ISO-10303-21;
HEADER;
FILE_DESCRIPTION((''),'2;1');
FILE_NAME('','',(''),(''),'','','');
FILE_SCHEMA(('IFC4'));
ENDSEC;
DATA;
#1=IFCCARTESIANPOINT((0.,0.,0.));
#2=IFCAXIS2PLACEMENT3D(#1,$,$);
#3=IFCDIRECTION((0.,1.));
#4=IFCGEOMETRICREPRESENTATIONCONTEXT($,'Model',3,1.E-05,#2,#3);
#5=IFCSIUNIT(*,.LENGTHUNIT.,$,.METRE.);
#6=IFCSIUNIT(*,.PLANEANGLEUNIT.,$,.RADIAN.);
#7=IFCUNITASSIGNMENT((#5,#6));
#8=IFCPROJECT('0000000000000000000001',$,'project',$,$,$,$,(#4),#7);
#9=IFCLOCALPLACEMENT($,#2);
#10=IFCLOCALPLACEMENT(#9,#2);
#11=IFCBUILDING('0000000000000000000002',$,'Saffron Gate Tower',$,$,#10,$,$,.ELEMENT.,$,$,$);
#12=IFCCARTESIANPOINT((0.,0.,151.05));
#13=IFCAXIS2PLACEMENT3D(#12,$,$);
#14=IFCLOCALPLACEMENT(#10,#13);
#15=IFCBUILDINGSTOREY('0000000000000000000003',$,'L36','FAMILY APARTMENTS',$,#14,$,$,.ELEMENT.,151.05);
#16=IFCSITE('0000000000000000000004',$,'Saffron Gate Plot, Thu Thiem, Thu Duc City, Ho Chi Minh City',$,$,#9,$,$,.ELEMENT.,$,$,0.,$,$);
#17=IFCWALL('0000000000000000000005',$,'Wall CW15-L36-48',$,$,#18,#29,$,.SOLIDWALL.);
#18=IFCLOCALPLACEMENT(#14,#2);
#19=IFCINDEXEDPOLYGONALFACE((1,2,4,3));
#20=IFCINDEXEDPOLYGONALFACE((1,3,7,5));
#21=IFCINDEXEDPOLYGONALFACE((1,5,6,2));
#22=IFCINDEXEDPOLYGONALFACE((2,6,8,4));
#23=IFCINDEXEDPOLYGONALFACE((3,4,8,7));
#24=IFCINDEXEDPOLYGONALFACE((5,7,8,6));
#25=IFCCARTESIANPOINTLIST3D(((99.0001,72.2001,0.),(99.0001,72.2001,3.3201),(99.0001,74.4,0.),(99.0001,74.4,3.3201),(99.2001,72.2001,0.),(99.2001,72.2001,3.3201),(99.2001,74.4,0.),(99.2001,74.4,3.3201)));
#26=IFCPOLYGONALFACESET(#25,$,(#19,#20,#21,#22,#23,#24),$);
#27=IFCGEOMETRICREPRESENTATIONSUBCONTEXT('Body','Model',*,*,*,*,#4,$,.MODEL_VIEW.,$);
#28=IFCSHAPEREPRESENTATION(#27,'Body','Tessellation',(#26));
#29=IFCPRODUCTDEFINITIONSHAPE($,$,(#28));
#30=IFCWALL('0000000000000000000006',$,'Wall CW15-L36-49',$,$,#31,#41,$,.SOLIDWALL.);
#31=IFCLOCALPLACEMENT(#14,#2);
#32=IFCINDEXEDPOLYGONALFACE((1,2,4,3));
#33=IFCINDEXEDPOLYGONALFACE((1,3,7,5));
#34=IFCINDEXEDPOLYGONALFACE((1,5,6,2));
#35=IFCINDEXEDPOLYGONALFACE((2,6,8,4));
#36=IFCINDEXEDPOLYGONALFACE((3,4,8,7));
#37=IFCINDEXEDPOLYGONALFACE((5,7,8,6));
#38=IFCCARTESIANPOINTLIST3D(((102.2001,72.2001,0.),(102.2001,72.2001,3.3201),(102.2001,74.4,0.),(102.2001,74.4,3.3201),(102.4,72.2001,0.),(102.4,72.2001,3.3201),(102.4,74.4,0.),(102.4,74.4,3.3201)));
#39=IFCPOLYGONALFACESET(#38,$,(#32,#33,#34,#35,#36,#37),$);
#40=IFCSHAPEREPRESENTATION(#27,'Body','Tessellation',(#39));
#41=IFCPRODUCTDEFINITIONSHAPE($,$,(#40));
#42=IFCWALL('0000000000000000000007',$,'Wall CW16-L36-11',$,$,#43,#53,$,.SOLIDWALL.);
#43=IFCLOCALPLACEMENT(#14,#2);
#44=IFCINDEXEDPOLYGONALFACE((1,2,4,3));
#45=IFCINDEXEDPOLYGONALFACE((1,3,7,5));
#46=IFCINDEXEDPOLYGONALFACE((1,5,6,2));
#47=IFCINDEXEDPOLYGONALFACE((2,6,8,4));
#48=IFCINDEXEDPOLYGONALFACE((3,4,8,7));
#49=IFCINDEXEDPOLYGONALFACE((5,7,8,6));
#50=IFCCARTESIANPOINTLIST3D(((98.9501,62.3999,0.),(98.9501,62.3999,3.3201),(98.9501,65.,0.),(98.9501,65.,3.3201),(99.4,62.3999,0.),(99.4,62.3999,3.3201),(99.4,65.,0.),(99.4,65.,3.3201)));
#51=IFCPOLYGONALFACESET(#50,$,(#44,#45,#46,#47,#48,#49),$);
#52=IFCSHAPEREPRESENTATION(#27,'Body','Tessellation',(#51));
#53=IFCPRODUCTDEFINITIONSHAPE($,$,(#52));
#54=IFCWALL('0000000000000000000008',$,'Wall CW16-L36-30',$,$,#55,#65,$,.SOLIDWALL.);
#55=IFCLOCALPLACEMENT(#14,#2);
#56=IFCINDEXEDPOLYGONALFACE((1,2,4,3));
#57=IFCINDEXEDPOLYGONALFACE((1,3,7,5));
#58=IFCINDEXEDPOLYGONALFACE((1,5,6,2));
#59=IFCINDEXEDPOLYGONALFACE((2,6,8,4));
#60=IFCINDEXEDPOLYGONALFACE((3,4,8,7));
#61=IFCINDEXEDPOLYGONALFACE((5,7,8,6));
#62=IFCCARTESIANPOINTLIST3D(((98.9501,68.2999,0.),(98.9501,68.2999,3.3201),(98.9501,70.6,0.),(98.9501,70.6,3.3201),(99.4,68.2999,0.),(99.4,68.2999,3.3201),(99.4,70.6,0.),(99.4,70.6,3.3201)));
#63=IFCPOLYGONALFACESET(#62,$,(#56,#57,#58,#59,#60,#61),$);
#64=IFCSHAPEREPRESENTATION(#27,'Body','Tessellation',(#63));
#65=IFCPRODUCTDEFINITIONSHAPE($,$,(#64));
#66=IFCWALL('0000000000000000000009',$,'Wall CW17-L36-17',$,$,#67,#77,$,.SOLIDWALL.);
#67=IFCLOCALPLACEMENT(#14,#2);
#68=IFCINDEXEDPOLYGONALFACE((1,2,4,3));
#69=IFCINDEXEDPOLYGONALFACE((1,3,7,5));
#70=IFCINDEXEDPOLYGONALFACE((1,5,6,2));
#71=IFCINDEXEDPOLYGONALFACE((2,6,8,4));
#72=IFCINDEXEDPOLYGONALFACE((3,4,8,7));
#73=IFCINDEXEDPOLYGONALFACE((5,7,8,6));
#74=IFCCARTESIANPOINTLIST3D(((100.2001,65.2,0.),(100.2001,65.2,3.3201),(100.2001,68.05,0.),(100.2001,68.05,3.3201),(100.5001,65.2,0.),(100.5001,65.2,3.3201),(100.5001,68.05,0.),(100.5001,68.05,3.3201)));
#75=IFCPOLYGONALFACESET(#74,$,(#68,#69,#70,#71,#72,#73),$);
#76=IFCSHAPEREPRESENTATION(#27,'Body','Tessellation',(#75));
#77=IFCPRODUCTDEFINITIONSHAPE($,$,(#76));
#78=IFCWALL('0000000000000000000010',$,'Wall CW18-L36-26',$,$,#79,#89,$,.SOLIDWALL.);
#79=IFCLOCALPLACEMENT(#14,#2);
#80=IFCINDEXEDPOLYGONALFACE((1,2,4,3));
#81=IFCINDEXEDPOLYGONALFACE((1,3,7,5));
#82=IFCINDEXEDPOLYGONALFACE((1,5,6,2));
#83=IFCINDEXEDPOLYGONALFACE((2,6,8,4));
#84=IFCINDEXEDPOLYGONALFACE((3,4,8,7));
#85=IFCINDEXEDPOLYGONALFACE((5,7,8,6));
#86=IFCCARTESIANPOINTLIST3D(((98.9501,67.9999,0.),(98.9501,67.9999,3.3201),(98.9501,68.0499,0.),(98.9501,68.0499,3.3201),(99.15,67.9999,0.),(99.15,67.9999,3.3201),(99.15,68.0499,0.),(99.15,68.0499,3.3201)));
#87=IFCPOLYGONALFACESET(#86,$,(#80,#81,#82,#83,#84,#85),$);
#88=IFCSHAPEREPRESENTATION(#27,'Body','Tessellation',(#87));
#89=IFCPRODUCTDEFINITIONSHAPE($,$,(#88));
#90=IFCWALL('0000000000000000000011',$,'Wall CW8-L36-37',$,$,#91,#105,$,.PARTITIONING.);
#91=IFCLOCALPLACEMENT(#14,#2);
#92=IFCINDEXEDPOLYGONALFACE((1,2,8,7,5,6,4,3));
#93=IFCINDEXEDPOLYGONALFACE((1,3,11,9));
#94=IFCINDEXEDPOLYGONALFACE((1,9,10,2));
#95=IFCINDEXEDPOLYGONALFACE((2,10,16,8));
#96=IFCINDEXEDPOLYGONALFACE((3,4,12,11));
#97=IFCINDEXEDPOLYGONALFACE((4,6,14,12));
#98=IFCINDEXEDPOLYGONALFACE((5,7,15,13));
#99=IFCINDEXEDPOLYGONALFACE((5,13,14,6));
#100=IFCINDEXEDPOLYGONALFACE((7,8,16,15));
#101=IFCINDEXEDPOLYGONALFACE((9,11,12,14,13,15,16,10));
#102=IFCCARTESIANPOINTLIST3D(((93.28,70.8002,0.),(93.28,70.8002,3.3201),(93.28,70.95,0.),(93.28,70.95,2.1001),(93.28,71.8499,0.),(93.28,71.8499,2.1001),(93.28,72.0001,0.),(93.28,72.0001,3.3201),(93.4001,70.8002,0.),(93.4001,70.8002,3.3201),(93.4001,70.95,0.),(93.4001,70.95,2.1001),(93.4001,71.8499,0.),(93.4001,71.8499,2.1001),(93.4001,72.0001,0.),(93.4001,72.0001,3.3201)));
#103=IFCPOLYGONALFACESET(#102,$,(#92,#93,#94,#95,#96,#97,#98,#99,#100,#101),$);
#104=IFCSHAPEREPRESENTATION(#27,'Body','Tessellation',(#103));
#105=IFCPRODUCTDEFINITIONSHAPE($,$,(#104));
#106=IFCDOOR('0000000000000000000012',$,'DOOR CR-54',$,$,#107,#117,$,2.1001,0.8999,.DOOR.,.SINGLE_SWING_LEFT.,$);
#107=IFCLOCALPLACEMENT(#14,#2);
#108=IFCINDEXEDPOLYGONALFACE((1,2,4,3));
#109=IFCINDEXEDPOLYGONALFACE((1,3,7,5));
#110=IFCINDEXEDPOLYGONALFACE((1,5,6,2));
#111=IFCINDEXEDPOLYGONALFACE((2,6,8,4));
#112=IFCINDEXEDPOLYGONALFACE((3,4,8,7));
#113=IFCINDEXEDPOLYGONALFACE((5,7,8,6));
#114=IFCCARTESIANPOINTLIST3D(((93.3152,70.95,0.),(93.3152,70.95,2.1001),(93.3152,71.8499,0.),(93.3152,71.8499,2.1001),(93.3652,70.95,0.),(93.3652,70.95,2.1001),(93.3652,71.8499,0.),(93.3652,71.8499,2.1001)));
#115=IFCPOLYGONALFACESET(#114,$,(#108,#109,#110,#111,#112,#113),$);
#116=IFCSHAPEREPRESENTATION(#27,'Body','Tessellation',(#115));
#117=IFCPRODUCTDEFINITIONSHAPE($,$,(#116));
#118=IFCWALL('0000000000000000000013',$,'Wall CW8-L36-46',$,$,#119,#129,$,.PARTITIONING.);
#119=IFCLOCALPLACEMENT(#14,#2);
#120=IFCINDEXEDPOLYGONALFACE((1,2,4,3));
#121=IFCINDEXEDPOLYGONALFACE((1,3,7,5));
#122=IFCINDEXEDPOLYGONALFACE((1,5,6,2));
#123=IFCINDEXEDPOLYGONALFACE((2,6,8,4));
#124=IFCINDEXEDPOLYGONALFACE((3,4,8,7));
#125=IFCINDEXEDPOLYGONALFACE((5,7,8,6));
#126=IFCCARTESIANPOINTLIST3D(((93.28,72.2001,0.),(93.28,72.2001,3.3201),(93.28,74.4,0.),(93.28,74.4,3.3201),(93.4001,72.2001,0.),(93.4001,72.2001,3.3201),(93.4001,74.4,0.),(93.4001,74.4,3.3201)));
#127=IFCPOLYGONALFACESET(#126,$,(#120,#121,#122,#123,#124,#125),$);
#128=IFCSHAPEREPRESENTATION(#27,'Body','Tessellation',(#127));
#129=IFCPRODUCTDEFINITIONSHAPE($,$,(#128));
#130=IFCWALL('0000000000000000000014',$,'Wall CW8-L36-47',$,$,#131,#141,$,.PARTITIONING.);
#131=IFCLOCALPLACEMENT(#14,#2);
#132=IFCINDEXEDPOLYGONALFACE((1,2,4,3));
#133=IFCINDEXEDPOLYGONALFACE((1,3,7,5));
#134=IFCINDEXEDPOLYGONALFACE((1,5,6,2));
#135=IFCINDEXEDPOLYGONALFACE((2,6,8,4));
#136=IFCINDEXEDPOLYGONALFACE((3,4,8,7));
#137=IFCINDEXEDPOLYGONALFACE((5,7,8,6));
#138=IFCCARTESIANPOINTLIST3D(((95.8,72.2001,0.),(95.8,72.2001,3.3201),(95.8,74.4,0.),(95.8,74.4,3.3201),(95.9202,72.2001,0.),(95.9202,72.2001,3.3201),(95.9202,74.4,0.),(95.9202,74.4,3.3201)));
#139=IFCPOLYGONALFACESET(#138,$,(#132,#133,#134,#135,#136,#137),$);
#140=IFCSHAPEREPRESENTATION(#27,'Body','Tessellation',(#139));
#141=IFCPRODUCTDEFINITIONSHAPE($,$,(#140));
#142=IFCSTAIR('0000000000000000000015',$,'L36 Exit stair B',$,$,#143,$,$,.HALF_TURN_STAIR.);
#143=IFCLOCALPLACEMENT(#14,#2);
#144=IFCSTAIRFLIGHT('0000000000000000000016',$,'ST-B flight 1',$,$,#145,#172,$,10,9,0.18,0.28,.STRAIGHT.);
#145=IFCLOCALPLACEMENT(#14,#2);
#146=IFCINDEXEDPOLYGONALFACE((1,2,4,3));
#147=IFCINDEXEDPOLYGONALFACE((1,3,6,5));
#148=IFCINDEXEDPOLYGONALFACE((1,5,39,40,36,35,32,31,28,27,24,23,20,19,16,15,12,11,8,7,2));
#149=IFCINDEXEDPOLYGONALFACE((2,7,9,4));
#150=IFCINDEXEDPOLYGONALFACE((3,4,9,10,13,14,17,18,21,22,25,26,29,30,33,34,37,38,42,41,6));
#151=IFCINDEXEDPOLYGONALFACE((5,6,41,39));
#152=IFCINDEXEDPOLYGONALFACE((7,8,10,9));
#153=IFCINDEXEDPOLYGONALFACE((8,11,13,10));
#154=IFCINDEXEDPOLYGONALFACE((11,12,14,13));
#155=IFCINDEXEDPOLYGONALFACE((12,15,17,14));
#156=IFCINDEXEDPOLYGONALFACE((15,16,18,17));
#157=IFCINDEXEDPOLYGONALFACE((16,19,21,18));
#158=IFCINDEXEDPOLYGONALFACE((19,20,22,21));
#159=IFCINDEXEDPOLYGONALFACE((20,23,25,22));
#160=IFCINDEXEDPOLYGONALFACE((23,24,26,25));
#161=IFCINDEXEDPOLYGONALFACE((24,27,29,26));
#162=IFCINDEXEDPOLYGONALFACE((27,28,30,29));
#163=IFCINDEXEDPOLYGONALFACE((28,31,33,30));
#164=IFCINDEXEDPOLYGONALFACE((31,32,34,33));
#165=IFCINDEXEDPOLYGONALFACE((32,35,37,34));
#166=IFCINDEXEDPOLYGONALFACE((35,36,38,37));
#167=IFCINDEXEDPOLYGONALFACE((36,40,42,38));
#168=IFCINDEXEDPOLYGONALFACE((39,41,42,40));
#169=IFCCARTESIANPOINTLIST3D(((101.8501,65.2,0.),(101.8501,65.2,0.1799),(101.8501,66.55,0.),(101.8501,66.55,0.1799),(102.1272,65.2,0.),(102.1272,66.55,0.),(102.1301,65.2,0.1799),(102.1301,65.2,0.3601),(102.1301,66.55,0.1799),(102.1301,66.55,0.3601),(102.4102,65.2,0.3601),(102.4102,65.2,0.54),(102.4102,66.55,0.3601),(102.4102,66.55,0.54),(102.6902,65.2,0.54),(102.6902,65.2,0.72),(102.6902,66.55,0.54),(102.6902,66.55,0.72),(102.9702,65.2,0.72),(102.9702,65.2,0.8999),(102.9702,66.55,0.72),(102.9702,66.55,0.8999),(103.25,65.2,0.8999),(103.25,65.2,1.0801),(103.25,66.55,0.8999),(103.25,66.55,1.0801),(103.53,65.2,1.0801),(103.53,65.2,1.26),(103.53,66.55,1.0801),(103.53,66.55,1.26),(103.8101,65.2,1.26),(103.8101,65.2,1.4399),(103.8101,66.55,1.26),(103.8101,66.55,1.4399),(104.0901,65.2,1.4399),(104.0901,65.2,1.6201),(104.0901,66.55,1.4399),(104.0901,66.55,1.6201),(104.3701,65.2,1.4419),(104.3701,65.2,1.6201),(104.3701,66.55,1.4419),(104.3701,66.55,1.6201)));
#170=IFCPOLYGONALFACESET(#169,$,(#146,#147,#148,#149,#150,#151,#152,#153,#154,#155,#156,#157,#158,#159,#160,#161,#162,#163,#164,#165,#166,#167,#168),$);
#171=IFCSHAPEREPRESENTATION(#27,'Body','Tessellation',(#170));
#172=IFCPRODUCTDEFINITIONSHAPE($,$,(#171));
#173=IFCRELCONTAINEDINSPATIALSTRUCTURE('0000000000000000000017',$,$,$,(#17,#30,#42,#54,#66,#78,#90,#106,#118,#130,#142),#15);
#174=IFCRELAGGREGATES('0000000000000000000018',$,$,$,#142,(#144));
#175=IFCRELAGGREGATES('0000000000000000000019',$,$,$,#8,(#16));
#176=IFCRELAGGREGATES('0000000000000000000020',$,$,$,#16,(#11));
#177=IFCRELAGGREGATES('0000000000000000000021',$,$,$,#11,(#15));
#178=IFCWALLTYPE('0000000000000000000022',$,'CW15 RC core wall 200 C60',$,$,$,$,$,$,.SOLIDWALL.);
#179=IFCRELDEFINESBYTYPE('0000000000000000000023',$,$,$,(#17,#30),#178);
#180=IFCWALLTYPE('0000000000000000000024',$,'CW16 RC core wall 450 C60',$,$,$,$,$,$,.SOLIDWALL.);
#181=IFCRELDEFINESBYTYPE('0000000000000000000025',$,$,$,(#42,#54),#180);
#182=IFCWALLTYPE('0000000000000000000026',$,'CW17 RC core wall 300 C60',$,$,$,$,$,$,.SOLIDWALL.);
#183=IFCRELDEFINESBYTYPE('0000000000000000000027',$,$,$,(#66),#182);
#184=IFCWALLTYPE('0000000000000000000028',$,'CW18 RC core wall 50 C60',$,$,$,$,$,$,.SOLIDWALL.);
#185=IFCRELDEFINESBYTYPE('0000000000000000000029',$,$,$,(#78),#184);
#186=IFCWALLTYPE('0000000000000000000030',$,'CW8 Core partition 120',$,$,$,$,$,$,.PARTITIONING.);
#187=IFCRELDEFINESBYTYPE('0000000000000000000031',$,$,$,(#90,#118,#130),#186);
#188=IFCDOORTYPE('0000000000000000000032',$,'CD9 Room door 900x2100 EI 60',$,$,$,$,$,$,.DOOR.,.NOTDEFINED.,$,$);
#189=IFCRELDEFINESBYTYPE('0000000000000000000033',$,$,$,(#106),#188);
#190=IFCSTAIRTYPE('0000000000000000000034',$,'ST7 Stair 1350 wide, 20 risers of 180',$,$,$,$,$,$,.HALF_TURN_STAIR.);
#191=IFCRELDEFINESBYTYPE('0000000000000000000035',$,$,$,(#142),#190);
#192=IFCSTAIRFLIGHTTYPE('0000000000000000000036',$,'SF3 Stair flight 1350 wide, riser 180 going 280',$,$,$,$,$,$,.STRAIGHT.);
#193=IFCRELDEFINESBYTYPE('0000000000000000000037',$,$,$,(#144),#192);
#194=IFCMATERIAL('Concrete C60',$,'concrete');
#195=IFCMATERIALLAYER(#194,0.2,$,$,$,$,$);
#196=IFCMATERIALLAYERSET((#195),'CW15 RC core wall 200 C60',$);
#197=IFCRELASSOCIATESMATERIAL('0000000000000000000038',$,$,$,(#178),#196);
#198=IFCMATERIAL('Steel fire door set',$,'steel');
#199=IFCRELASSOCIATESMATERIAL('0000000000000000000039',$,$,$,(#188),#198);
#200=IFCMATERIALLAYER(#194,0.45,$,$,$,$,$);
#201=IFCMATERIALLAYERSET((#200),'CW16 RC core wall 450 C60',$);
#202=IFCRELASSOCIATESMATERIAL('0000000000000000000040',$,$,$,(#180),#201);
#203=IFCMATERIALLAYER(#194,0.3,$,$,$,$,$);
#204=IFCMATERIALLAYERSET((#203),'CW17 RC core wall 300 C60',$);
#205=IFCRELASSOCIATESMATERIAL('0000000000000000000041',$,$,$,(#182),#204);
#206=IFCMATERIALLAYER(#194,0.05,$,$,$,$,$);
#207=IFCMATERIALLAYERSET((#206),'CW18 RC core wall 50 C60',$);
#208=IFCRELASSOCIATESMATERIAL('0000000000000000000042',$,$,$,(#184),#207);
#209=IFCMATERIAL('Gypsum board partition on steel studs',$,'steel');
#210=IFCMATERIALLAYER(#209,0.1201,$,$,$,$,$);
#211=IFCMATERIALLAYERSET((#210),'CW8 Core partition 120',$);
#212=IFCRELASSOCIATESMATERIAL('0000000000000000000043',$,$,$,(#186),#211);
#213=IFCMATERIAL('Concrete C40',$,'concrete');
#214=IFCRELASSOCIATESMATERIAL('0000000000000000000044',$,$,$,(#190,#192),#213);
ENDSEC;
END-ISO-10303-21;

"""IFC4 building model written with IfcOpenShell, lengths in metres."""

from ifc_helpers import new_model, si_unit, direction, frame, frame_2d, origin, place, context, subcontext, project, spatial, polyline, rectangle, outline, extrude, material, layer, layer_set, type_object, element, fill, aggregate, save


model = new_model("IFC4")

# Units and contexts
model_context = context("Model", 3, precision=1e-05, world=origin(), true_north=direction((0.0, 1.0)))
body_context = subcontext(model_context, "Body", "Model", "MODEL_VIEW")
ifc_project = project(units=[si_unit("LENGTHUNIT", "METRE"), si_unit("PLANEANGLEUNIT", "RADIAN")], contexts=[model_context])

# Site, building, storey
site_placement = place(None, origin())
site = spatial("IfcSite", under=ifc_project, at=site_placement, Name="Saffron Gate Plot, Thu Thiem, Thu Duc City, Ho Chi Minh City", CompositionType="ELEMENT", RefElevation=0.0)
building_placement = place(site_placement, origin())
building = spatial("IfcBuilding", under=site, at=building_placement, Name="Saffron Gate Tower", CompositionType="ELEMENT")
storey_placement = place(building_placement, frame((0.0, 0.0, 151.05)))
storey = spatial("IfcBuildingStorey", under=building, at=storey_placement, Name="L36", Description="FAMILY APARTMENTS", CompositionType="ELEMENT", Elevation=151.05)

# Shared definitions
ifc_material_1 = material(Name="Concrete C60", Category="concrete")
ifc_material_2 = material(Name="Steel fire door set", Category="steel")

# Shared definitions
ifc_layer_1 = layer(ifc_material_1, 0.2)
ifc_layer_set_1 = layer_set([ifc_layer_1], Name="CW15 RC core wall 200 C60")
wall_type_1 = type_object("IfcWallType", Name="CW15 RC core wall 200 C60", PredefinedType="SOLIDWALL", material=ifc_layer_set_1)

# Shared definitions
door_type_1 = type_object("IfcDoorType", Name="CD9 Room door 900x2100 EI 60", OperationType="NOTDEFINED", PredefinedType="DOOR", material=ifc_material_2)

# Walls
for number, where, z_axis, x_axis, name in (
    (1, (99.1001, 72.2, 0.0), (0.0, 0.0, 1.0), (0.0, 1.0, 0.0), "Wall CW15-L36-48"),
    (2, (102.3, 72.2, 0.0), (0.0, 0.0, 1.0), (0.0, 1.0, 0.0), "Wall CW15-L36-49"),
):
    element("IfcWall", number, at=place(storey_placement, frame(where, z_axis=z_axis, x_axis=x_axis)), inside=storey, type_object=wall_type_1, Name=name, PredefinedType="SOLIDWALL", context=body_context, shape_type="SweptSolid", body=[
        extrude(rectangle(XDim=2.2, YDim=0.2, at=frame_2d((1.1001, 0.0))), origin(), (0.0, 0.0, 1.0), 3.3201),
    ])
ifc_layer_2 = layer(ifc_material_1, 0.45)
ifc_layer_set_2 = layer_set([ifc_layer_2], Name="CW16 RC core wall 450 C60")
wall_type_2 = type_object("IfcWallType", Name="CW16 RC core wall 450 C60", PredefinedType="SOLIDWALL", material=ifc_layer_set_2)
wall_1_placement = place(storey_placement, frame((99.175, 62.3999, 0.0), z_axis=(0.0, 0.0, 1.0), x_axis=(0.0, 1.0, 0.0)))
element("IfcWall", 3, at=wall_1_placement, inside=storey, type_object=wall_type_2, Name="Wall CW16-L36-11", PredefinedType="SOLIDWALL", context=body_context, shape_type="SweptSolid", body=[
    extrude(rectangle(XDim=2.6001, YDim=0.45, at=frame_2d((1.3, 0.0))), origin(), (0.0, 0.0, 1.0), 3.3201),
])
wall_2_placement = place(storey_placement, frame((99.175, 68.3, 0.0), z_axis=(0.0, 0.0, 1.0), x_axis=(0.0, 1.0, 0.0)))
element("IfcWall", 4, at=wall_2_placement, inside=storey, type_object=wall_type_2, Name="Wall CW16-L36-30", PredefinedType="SOLIDWALL", context=body_context, shape_type="SweptSolid", body=[
    extrude(rectangle(XDim=2.3, YDim=0.45, at=frame_2d((1.1499, 0.0))), origin(), (0.0, 0.0, 1.0), 3.3201),
])
ifc_layer_3 = layer(ifc_material_1, 0.3)
ifc_layer_set_3 = layer_set([ifc_layer_3], Name="CW17 RC core wall 300 C60")
wall_type_3 = type_object("IfcWallType", Name="CW17 RC core wall 300 C60", PredefinedType="SOLIDWALL", material=ifc_layer_set_3)
wall_3_placement = place(storey_placement, frame((100.3501, 65.2, 0.0), z_axis=(0.0, 0.0, 1.0), x_axis=(0.0, 1.0, 0.0)))
element("IfcWall", 5, at=wall_3_placement, inside=storey, type_object=wall_type_3, Name="Wall CW17-L36-17", PredefinedType="SOLIDWALL", context=body_context, shape_type="SweptSolid", body=[
    extrude(rectangle(XDim=2.8501, YDim=0.3, at=frame_2d((1.425, 0.0))), origin(), (0.0, 0.0, 1.0), 3.3201),
])
ifc_layer_4 = layer(ifc_material_1, 0.05)
ifc_layer_set_4 = layer_set([ifc_layer_4], Name="CW18 RC core wall 50 C60")
wall_type_4 = type_object("IfcWallType", Name="CW18 RC core wall 50 C60", PredefinedType="SOLIDWALL", material=ifc_layer_set_4)
wall_4_placement = place(storey_placement, frame((98.95, 68.0249, 0.0), z_axis=(0.0, 0.0, 1.0), x_axis=(1.0, 0.0, 0.0)))
element("IfcWall", 6, at=wall_4_placement, inside=storey, type_object=wall_type_4, Name="Wall CW18-L36-26", PredefinedType="SOLIDWALL", context=body_context, shape_type="SweptSolid", body=[
    extrude(rectangle(XDim=0.2, YDim=0.05, at=frame_2d((0.1001, 0.0))), origin(), (0.0, 0.0, 1.0), 3.3201),
])

# Wall, opening, door
ifc_material_3 = material(Name="Gypsum board partition on steel studs", Category="steel")
ifc_layer_5 = layer(ifc_material_3, 0.1201)
ifc_layer_set_5 = layer_set([ifc_layer_5], Name="CW8 Core partition 120")
wall_type_5 = type_object("IfcWallType", Name="CW8 Core partition 120", PredefinedType="PARTITIONING", material=ifc_layer_set_5)
wall_5_placement = place(storey_placement, frame((93.3401, 70.8, 0.0), z_axis=(0.0, 0.0, 1.0), x_axis=(0.0, 1.0, 0.0)))
wall_5 = element("IfcWall", 7, at=wall_5_placement, inside=storey, type_object=wall_type_5, Name="Wall CW8-L36-37", PredefinedType="PARTITIONING", context=body_context, shape_type="SweptSolid", body=[
    extrude(rectangle(XDim=1.2, YDim=0.1201, at=frame_2d((0.6001, 0.0))), origin(), (0.0, 0.0, 1.0), 3.3201),
])
opening_1_placement = place(wall_5_placement, frame((0.1499, 0.0, 0.0)))
opening_1 = element("IfcOpeningElement", 8, at=opening_1_placement, cuts=wall_5, PredefinedType="OPENING", context=body_context, shape_type="SweptSolid", body=[
    extrude(rectangle(XDim=0.8999, YDim=2.1001, at=frame_2d((0.45, 1.05))), frame((0.0, 0.0701, 0.0), z_axis=(0.0, -1.0, 0.0), x_axis=(1.0, 0.0, 0.0)), (0.0, 0.0, 1.0), 0.1401),
])
door_1_placement = place(opening_1_placement, origin())
door_1 = element("IfcDoor", 9, at=door_1_placement, inside=storey, type_object=door_type_1, Name="DOOR CR-54", OperationType="SINGLE_SWING_LEFT", OverallHeight=2.1001, OverallWidth=0.8999, PredefinedType="DOOR", context=body_context, shape_type="SweptSolid", body=[
    extrude(rectangle(XDim=0.8999, YDim=2.1001, at=frame_2d((0.45, 1.05))), frame((0.0, 0.0249, 0.0), z_axis=(0.0, -1.0, 0.0), x_axis=(1.0, 0.0, 0.0)), (0.0, 0.0, 1.0), 0.05),
])
fill(opening_1, door_1)

# Walls
for number, where, z_axis, x_axis, name in (
    (10, (93.3401, 72.2, 0.0), (0.0, 0.0, 1.0), (0.0, 1.0, 0.0), "Wall CW8-L36-46"),
    (11, (95.8601, 72.2, 0.0), (0.0, 0.0, 1.0), (0.0, 1.0, 0.0), "Wall CW8-L36-47"),
):
    element("IfcWall", number, at=place(storey_placement, frame(where, z_axis=z_axis, x_axis=x_axis)), inside=storey, type_object=wall_type_5, Name=name, PredefinedType="PARTITIONING", context=body_context, shape_type="SweptSolid", body=[
        extrude(rectangle(XDim=2.2, YDim=0.1201, at=frame_2d((1.1001, 0.0))), origin(), (0.0, 0.0, 1.0), 3.3201),
    ])

# Stair, stair flight
ifc_material_4 = material(Name="Concrete C40", Category="concrete")
stair_type = type_object("IfcStairType", Name="ST7 Stair 1350 wide, 20 risers of 180", PredefinedType="HALF_TURN_STAIR", material=ifc_material_4)
stair_placement = place(storey_placement, origin())
stair = element("IfcStair", 12, at=stair_placement, inside=storey, type_object=stair_type, Name="L36 Exit stair B", PredefinedType="HALF_TURN_STAIR")
stair_flight_type = type_object("IfcStairFlightType", Name="SF3 Stair flight 1350 wide, riser 180 going 280", PredefinedType="STRAIGHT", material=ifc_material_4)
stair_flight_placement = place(storey_placement, frame((101.8501, 65.875, 0.0), z_axis=(0.0, 0.0, 1.0), x_axis=(1.0, 0.0, 0.0)))
stair_flight = element("IfcStairFlight", 13, at=stair_flight_placement, type_object=stair_flight_type, Name="ST-B flight 1", NumberOfRisers=10, NumberOfTreads=9, PredefinedType="STRAIGHT", RiserHeight=0.18, TreadLength=0.28, context=body_context, shape_type="SweptSolid", body=[
    extrude(outline(polyline([(0.0, 0.0), (0.0, 0.1799), (0.28, 0.1799), (0.28, 0.3601), (0.5601, 0.3601), (0.5601, 0.54), (0.8401, 0.54), (0.8401, 0.72), (1.1201, 0.72), (1.1201, 0.8999), (1.3999, 0.8999), (1.3999, 1.0801), (1.6799, 1.0801), (1.6799, 1.26), (1.96, 1.26), (1.96, 1.4399), (2.24, 1.4399), (2.24, 1.6201), (2.52, 1.6201), (2.52, 1.8), (2.52, 1.4419), (0.2771, 0.0), (0.0, 0.0)])), frame((0.0, 0.675, 0.0), z_axis=(0.0, -1.0, 0.0), x_axis=(1.0, 0.0, 0.0)), (0.0, 0.0, 1.0), 1.3501),
])
aggregate(stair, [stair_flight])

save(model, "model.ifc")
